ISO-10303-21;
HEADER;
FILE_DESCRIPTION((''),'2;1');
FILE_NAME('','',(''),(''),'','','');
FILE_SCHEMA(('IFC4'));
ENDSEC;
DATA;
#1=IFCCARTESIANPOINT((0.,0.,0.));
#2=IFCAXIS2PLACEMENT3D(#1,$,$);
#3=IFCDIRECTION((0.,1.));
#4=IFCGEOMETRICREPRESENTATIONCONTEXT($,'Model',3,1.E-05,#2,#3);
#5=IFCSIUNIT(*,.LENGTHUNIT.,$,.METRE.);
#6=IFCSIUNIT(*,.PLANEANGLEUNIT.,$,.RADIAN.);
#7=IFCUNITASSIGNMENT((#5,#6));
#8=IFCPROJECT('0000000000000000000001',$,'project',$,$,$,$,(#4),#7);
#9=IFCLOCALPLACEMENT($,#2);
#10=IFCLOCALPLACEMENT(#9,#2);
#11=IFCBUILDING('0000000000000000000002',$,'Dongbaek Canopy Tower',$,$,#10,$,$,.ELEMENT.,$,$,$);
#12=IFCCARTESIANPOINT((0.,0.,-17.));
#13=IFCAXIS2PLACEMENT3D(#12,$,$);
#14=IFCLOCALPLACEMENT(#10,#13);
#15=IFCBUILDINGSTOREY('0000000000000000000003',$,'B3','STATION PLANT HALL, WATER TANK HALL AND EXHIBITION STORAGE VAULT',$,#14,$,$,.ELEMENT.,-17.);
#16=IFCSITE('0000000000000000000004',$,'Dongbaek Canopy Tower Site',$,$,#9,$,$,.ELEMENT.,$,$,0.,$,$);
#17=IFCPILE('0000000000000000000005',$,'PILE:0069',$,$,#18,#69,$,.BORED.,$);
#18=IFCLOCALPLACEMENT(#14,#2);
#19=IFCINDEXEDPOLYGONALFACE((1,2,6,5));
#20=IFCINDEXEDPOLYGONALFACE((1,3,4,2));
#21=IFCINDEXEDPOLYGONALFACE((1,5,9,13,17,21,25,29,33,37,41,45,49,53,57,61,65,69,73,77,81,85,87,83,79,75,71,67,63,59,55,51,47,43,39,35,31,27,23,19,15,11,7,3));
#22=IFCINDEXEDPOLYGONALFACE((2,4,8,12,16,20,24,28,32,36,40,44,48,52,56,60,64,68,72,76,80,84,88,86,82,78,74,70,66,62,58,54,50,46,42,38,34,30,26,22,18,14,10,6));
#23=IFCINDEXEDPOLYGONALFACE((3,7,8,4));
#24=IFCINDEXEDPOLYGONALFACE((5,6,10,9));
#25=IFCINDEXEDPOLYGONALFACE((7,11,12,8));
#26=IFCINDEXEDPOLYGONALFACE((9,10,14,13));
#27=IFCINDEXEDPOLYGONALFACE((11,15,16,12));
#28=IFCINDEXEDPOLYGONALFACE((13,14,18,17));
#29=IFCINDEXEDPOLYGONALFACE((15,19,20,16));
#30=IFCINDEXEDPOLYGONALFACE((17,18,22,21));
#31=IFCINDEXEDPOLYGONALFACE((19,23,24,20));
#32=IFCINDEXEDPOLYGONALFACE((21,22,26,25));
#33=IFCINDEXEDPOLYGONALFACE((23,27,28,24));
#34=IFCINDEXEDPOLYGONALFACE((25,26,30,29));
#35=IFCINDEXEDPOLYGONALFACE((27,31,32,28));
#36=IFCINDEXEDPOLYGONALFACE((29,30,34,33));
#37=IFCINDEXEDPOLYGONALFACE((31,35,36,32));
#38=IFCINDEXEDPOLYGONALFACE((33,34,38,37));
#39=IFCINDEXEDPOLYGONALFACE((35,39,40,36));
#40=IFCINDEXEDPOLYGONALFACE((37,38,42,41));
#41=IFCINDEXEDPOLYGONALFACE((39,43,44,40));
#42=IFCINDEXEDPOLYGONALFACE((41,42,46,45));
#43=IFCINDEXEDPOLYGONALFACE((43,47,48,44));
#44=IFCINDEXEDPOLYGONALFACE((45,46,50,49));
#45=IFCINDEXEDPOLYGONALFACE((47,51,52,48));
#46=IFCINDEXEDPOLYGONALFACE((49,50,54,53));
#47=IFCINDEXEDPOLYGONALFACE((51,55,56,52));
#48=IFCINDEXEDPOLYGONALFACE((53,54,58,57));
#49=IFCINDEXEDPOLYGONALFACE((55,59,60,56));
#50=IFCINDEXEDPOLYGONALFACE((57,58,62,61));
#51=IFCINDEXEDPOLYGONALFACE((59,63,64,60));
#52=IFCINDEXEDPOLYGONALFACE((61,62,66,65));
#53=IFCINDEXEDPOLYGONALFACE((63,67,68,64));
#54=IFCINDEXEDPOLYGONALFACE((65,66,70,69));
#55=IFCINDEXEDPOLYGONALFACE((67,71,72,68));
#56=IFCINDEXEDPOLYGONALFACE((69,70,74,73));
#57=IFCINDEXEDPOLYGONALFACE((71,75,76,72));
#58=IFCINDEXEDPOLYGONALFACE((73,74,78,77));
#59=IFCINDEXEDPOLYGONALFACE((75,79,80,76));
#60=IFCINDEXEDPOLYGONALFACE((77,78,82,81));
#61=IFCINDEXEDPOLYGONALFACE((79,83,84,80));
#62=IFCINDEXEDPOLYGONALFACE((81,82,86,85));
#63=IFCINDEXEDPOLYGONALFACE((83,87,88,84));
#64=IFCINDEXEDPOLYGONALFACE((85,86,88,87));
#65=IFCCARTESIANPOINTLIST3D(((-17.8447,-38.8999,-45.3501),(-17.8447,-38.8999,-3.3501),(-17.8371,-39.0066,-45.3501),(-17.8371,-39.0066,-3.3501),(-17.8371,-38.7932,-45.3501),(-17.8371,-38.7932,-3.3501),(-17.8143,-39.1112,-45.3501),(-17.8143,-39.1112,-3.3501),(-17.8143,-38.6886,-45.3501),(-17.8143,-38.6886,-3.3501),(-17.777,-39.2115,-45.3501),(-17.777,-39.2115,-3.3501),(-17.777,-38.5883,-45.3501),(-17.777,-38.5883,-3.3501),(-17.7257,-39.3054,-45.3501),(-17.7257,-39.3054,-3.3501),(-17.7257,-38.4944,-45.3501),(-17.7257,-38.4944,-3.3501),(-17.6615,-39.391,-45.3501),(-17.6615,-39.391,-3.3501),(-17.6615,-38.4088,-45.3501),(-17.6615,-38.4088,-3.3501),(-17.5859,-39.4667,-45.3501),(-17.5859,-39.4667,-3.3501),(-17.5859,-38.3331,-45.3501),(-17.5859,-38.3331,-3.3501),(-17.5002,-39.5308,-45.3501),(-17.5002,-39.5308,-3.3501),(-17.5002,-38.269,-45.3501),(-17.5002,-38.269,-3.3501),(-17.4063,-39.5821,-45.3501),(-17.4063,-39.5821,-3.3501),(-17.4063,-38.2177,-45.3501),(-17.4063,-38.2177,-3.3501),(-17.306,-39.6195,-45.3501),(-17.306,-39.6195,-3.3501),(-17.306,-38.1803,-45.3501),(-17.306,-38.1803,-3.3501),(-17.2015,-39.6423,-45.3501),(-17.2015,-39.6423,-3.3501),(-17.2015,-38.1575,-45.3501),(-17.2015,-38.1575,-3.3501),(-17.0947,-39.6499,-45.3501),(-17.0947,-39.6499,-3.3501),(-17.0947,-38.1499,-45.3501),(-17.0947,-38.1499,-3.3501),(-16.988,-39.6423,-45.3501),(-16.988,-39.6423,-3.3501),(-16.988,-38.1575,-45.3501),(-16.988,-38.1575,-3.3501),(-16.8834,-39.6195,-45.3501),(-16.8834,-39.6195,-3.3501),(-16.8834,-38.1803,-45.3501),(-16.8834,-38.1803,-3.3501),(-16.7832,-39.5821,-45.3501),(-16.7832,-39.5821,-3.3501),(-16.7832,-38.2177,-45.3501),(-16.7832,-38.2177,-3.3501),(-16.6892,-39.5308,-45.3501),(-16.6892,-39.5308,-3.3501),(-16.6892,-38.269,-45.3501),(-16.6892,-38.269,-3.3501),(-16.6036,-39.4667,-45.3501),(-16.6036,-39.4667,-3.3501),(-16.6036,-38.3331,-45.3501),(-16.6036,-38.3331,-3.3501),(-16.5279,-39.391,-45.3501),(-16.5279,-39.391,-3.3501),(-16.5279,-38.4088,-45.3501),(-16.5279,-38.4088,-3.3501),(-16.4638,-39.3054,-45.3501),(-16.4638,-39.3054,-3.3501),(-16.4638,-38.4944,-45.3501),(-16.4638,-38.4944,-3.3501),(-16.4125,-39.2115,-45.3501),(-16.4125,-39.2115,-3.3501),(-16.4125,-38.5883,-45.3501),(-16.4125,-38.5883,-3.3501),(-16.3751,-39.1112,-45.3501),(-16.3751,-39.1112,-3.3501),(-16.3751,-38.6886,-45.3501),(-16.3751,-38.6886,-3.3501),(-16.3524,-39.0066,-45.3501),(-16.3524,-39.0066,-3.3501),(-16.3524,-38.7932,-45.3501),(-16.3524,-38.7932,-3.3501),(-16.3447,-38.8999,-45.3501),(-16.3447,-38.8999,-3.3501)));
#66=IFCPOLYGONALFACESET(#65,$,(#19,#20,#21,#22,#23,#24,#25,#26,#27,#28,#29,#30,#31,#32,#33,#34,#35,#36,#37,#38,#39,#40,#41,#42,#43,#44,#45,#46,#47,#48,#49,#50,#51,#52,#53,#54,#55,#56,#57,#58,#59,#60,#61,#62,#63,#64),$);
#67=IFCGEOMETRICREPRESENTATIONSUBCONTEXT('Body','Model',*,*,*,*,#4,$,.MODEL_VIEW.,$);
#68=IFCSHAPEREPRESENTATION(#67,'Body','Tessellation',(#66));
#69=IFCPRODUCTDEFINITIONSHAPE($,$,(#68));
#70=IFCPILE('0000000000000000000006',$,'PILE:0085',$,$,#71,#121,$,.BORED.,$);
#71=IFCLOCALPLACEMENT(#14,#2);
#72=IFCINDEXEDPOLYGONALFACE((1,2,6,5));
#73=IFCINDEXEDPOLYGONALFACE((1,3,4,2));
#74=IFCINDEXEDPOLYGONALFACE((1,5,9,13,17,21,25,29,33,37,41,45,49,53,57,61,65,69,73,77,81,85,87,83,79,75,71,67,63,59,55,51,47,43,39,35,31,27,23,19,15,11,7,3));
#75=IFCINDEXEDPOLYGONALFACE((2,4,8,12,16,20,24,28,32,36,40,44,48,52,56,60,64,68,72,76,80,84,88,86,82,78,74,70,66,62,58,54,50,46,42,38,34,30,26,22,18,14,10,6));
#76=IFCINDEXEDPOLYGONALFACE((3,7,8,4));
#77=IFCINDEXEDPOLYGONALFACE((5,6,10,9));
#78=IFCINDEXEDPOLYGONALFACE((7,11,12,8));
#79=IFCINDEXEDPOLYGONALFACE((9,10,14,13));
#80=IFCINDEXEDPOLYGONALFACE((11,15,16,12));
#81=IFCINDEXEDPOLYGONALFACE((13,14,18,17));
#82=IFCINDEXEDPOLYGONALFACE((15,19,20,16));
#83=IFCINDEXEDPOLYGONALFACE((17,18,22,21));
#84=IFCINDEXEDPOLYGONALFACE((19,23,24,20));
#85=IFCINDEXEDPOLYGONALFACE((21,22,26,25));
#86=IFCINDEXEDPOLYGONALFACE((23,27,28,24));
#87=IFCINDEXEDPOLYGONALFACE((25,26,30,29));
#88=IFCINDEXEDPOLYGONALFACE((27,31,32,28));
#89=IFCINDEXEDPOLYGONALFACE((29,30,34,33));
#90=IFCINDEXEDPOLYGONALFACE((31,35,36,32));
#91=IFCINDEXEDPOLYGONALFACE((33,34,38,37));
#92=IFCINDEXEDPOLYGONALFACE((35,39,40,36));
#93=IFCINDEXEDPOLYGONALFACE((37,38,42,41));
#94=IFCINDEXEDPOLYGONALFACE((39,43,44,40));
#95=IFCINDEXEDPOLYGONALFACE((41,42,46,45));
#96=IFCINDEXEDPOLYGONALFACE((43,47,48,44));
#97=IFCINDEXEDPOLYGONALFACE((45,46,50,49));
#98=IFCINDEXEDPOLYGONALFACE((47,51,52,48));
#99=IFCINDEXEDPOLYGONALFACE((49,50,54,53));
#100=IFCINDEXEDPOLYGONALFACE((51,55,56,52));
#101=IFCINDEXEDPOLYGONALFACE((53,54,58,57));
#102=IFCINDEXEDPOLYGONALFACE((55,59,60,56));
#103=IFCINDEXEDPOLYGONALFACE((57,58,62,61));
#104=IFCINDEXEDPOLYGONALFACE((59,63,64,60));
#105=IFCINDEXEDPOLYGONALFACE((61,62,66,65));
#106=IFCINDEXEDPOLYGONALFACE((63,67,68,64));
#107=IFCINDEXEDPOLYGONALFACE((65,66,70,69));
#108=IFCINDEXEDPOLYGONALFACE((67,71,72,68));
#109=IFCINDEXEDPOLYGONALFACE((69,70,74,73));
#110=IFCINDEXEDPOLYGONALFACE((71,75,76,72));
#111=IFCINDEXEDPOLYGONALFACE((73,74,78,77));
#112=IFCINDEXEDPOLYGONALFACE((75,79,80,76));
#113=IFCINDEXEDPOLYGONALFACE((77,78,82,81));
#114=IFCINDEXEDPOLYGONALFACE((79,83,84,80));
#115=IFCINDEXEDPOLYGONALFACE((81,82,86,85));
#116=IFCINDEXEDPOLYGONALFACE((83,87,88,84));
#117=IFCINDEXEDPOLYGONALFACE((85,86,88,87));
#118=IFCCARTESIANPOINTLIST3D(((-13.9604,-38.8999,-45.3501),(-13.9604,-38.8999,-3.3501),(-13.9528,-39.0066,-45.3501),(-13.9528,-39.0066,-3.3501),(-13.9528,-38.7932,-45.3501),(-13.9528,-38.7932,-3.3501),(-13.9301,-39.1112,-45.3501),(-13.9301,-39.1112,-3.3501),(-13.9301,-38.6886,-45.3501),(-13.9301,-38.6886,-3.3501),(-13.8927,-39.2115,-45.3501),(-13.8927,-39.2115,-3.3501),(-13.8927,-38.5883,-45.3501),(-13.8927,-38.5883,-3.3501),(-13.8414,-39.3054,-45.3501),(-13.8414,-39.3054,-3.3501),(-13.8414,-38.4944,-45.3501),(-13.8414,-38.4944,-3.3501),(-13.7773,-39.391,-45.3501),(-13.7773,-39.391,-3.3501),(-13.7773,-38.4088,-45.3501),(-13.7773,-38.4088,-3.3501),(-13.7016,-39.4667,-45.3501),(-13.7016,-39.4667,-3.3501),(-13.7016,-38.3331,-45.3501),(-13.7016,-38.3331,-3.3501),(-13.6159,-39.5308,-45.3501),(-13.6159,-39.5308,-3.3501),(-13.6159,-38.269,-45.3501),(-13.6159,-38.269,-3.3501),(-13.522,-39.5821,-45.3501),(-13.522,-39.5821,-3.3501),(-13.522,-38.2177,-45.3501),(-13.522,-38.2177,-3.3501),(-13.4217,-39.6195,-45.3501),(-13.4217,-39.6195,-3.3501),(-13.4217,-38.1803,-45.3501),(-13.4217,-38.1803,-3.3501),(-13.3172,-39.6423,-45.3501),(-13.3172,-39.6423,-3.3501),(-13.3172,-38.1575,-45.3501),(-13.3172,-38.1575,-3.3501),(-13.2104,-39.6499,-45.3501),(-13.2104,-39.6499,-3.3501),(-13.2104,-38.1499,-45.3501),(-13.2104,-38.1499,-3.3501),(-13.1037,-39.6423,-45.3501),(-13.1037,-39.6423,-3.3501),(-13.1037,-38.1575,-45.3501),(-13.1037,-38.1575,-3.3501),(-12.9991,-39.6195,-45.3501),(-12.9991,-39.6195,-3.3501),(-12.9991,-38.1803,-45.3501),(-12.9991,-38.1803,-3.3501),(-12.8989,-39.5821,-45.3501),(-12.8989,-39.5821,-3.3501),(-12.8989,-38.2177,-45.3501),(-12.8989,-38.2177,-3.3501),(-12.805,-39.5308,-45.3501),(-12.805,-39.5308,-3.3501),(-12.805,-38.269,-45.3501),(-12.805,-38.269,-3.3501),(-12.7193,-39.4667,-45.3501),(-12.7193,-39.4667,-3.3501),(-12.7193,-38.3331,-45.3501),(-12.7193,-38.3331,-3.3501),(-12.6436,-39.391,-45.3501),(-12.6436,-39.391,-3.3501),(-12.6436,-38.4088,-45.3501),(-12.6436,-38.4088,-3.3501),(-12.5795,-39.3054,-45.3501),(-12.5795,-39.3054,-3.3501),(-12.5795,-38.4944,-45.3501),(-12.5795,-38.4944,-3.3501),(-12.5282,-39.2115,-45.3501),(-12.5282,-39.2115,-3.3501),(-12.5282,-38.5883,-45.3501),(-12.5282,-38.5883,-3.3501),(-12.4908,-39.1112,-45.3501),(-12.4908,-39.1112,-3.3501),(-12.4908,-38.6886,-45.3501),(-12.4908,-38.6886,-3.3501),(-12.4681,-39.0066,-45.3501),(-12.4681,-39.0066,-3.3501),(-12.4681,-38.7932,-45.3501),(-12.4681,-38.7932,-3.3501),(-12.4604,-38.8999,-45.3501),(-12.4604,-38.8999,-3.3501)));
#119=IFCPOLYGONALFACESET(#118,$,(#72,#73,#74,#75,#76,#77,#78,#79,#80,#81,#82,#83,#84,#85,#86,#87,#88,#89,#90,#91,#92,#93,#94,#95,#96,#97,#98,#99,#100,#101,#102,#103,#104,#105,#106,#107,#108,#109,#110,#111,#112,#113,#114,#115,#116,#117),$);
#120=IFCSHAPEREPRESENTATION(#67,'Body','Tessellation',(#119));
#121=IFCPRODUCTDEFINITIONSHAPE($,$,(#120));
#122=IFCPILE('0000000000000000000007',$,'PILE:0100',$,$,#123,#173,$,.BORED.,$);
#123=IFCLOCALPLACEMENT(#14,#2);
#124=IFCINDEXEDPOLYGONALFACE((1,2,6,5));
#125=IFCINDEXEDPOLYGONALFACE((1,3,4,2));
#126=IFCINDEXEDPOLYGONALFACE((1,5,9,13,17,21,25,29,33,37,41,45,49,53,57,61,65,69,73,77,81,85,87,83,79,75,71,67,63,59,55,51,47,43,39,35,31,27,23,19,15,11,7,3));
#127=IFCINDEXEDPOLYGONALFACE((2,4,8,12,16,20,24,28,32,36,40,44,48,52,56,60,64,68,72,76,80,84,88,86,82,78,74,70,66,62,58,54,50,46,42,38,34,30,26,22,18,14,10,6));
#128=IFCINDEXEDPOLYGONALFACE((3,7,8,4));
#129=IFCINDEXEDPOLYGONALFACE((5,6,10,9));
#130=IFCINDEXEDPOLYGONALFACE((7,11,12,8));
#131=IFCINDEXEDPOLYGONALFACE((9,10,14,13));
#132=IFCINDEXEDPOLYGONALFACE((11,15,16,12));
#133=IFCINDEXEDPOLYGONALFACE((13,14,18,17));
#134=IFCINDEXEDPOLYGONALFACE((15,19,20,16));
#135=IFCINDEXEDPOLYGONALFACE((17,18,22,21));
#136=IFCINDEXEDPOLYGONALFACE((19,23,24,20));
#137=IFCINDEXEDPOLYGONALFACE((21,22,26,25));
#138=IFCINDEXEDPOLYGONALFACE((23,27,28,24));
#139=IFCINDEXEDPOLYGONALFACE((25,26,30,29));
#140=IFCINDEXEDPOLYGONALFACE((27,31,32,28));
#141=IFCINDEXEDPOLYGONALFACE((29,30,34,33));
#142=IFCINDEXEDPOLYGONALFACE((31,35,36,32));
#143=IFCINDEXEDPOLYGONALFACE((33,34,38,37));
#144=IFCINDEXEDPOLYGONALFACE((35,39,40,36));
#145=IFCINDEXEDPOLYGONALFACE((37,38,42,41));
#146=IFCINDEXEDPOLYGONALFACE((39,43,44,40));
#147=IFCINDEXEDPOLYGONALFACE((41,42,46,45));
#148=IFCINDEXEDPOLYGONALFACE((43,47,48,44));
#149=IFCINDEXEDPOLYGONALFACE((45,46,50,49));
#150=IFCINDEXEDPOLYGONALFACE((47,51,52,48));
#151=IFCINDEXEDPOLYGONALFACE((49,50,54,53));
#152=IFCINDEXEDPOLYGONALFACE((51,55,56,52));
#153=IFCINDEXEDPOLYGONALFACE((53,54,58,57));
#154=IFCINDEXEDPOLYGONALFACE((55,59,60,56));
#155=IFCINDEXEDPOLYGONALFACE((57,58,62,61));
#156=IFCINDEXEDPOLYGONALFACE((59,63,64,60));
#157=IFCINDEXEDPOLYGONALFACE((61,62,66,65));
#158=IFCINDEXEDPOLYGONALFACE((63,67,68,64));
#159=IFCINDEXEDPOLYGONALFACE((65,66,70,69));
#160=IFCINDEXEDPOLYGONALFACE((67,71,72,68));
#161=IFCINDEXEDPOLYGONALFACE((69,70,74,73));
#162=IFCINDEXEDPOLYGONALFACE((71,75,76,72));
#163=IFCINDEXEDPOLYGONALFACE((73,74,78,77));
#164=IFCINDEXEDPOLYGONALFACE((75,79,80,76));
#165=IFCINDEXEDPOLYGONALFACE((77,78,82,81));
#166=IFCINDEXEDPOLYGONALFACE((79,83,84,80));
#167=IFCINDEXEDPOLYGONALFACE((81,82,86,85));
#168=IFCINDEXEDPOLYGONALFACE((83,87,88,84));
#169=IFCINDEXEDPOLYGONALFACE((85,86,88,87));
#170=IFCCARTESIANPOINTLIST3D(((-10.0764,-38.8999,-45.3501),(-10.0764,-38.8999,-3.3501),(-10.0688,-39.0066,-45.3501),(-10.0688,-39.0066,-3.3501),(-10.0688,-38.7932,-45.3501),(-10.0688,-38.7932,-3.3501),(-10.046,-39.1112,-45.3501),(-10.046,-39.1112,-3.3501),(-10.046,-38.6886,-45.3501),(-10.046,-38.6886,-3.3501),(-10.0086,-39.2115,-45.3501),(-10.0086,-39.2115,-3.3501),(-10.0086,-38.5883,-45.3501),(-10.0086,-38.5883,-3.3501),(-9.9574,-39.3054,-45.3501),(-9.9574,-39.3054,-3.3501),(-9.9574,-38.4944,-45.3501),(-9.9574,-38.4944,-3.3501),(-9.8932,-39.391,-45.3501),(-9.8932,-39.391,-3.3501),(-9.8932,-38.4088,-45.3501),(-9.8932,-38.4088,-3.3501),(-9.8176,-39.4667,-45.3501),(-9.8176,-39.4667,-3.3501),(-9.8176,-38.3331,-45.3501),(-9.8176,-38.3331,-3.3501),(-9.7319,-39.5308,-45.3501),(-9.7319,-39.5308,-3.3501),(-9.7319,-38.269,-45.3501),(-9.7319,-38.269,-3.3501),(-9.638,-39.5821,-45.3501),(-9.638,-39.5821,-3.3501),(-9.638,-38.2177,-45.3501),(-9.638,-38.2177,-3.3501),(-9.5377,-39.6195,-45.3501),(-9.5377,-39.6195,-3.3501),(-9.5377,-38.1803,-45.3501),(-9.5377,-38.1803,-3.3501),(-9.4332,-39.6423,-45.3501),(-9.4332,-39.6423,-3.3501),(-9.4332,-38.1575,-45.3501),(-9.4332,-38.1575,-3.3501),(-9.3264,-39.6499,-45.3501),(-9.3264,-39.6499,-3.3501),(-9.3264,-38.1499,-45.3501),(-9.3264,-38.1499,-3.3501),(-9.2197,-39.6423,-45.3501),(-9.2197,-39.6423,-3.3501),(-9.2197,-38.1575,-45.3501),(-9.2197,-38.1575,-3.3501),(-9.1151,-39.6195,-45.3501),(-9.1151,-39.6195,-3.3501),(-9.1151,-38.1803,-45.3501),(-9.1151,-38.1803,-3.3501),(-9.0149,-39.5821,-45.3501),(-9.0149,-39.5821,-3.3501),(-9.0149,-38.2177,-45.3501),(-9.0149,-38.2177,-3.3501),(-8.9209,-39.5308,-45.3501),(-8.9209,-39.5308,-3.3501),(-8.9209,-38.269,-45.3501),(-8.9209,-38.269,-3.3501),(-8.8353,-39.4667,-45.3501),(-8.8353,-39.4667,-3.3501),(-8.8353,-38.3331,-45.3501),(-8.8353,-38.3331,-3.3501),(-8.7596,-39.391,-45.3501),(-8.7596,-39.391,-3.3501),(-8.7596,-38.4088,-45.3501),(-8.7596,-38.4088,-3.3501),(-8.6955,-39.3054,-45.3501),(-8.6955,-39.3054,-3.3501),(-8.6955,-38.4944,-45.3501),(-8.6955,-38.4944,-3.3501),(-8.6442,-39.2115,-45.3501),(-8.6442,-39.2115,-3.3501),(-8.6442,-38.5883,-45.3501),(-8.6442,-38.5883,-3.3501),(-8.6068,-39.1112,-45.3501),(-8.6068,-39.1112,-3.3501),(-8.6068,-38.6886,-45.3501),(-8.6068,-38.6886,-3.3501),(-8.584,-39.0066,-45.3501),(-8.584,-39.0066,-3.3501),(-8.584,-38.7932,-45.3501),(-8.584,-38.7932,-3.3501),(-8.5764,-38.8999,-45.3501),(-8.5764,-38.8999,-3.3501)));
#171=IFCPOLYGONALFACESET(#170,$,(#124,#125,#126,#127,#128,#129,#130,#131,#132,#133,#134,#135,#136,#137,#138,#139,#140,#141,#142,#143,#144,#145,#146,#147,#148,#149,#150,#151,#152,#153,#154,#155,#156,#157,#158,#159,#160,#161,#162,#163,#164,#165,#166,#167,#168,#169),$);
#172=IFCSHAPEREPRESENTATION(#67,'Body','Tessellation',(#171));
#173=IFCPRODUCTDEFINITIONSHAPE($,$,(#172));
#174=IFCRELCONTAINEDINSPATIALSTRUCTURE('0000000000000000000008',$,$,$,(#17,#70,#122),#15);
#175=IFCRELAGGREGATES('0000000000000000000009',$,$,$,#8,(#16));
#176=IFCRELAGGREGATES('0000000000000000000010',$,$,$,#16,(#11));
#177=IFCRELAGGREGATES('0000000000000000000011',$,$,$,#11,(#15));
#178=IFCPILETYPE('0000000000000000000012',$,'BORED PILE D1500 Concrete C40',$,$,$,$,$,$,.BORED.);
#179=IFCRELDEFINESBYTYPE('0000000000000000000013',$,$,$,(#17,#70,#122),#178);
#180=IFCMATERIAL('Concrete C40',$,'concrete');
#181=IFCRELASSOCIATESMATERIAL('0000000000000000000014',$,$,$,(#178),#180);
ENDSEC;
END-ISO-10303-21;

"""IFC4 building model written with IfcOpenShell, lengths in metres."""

from ifc_helpers import new_model, si_unit, direction, frame, origin, origin_2d, place, context, subcontext, project, spatial, circle, extrude, material, material_profile, profile_set, type_object, element, save


model = new_model("IFC4")

# Units and contexts
model_context = context("Model", 3, precision=1e-05, world=origin(), true_north=direction((0.0, 1.0)))
body_context = subcontext(model_context, "Body", "Model", "MODEL_VIEW")
ifc_project = project(units=[si_unit("LENGTHUNIT", "METRE"), si_unit("PLANEANGLEUNIT", "RADIAN")], contexts=[model_context])

# Site, building, storey
site_placement = place(None, origin())
site = spatial("IfcSite", under=ifc_project, at=site_placement, Name="Dongbaek Canopy Tower Site", CompositionType="ELEMENT", RefElevation=0.0)
building_placement = place(site_placement, origin())
building = spatial("IfcBuilding", under=site, at=building_placement, Name="Dongbaek Canopy Tower", CompositionType="ELEMENT")
storey_placement = place(building_placement, frame((0.0, 0.0, -17.0)))
storey = spatial("IfcBuildingStorey", under=building, at=storey_placement, Name="B3", Description="STATION PLANT HALL, WATER TANK HALL AND EXHIBITION STORAGE VAULT", CompositionType="ELEMENT", Elevation=-17.0)

# Piles
ifc_material_1 = material(Name="Concrete C40", Category="concrete")
ifc_material_profile_1 = material_profile(ifc_material_1, circle(Radius=0.75, at=origin_2d()), Name="BORED PILE D1500 Concrete C40")
ifc_profile_set_1 = profile_set([ifc_material_profile_1], Name="Concrete C40")
pile_type = type_object("IfcPileType", Name="BORED PILE D1500 Concrete C40", PredefinedType="BORED", material=ifc_profile_set_1)
for number, where, z_axis, x_axis, name in (
    (1, (-17.0947, -38.8999, -3.3501), (0.0, 0.0, -1.0), (1.0, 0.0, 0.0), "PILE:0069"),
    (2, (-13.2104, -38.8999, -3.3501), (0.0, 0.0, -1.0), (1.0, 0.0, 0.0), "PILE:0085"),
    (3, (-9.3264, -38.8999, -3.3501), (0.0, 0.0, -1.0), (1.0, 0.0, 0.0), "PILE:0100"),
):
    element("IfcPile", number, at=place(storey_placement, frame(where, z_axis=z_axis, x_axis=x_axis)), inside=storey, type_object=pile_type, Name=name, PredefinedType="BORED", context=body_context, shape_type="SweptSolid", body=[
        extrude(circle(Radius=0.75, at=origin_2d()), origin(), (0.0, 0.0, 1.0), 42.0),
    ])

save(model, "model.ifc")
